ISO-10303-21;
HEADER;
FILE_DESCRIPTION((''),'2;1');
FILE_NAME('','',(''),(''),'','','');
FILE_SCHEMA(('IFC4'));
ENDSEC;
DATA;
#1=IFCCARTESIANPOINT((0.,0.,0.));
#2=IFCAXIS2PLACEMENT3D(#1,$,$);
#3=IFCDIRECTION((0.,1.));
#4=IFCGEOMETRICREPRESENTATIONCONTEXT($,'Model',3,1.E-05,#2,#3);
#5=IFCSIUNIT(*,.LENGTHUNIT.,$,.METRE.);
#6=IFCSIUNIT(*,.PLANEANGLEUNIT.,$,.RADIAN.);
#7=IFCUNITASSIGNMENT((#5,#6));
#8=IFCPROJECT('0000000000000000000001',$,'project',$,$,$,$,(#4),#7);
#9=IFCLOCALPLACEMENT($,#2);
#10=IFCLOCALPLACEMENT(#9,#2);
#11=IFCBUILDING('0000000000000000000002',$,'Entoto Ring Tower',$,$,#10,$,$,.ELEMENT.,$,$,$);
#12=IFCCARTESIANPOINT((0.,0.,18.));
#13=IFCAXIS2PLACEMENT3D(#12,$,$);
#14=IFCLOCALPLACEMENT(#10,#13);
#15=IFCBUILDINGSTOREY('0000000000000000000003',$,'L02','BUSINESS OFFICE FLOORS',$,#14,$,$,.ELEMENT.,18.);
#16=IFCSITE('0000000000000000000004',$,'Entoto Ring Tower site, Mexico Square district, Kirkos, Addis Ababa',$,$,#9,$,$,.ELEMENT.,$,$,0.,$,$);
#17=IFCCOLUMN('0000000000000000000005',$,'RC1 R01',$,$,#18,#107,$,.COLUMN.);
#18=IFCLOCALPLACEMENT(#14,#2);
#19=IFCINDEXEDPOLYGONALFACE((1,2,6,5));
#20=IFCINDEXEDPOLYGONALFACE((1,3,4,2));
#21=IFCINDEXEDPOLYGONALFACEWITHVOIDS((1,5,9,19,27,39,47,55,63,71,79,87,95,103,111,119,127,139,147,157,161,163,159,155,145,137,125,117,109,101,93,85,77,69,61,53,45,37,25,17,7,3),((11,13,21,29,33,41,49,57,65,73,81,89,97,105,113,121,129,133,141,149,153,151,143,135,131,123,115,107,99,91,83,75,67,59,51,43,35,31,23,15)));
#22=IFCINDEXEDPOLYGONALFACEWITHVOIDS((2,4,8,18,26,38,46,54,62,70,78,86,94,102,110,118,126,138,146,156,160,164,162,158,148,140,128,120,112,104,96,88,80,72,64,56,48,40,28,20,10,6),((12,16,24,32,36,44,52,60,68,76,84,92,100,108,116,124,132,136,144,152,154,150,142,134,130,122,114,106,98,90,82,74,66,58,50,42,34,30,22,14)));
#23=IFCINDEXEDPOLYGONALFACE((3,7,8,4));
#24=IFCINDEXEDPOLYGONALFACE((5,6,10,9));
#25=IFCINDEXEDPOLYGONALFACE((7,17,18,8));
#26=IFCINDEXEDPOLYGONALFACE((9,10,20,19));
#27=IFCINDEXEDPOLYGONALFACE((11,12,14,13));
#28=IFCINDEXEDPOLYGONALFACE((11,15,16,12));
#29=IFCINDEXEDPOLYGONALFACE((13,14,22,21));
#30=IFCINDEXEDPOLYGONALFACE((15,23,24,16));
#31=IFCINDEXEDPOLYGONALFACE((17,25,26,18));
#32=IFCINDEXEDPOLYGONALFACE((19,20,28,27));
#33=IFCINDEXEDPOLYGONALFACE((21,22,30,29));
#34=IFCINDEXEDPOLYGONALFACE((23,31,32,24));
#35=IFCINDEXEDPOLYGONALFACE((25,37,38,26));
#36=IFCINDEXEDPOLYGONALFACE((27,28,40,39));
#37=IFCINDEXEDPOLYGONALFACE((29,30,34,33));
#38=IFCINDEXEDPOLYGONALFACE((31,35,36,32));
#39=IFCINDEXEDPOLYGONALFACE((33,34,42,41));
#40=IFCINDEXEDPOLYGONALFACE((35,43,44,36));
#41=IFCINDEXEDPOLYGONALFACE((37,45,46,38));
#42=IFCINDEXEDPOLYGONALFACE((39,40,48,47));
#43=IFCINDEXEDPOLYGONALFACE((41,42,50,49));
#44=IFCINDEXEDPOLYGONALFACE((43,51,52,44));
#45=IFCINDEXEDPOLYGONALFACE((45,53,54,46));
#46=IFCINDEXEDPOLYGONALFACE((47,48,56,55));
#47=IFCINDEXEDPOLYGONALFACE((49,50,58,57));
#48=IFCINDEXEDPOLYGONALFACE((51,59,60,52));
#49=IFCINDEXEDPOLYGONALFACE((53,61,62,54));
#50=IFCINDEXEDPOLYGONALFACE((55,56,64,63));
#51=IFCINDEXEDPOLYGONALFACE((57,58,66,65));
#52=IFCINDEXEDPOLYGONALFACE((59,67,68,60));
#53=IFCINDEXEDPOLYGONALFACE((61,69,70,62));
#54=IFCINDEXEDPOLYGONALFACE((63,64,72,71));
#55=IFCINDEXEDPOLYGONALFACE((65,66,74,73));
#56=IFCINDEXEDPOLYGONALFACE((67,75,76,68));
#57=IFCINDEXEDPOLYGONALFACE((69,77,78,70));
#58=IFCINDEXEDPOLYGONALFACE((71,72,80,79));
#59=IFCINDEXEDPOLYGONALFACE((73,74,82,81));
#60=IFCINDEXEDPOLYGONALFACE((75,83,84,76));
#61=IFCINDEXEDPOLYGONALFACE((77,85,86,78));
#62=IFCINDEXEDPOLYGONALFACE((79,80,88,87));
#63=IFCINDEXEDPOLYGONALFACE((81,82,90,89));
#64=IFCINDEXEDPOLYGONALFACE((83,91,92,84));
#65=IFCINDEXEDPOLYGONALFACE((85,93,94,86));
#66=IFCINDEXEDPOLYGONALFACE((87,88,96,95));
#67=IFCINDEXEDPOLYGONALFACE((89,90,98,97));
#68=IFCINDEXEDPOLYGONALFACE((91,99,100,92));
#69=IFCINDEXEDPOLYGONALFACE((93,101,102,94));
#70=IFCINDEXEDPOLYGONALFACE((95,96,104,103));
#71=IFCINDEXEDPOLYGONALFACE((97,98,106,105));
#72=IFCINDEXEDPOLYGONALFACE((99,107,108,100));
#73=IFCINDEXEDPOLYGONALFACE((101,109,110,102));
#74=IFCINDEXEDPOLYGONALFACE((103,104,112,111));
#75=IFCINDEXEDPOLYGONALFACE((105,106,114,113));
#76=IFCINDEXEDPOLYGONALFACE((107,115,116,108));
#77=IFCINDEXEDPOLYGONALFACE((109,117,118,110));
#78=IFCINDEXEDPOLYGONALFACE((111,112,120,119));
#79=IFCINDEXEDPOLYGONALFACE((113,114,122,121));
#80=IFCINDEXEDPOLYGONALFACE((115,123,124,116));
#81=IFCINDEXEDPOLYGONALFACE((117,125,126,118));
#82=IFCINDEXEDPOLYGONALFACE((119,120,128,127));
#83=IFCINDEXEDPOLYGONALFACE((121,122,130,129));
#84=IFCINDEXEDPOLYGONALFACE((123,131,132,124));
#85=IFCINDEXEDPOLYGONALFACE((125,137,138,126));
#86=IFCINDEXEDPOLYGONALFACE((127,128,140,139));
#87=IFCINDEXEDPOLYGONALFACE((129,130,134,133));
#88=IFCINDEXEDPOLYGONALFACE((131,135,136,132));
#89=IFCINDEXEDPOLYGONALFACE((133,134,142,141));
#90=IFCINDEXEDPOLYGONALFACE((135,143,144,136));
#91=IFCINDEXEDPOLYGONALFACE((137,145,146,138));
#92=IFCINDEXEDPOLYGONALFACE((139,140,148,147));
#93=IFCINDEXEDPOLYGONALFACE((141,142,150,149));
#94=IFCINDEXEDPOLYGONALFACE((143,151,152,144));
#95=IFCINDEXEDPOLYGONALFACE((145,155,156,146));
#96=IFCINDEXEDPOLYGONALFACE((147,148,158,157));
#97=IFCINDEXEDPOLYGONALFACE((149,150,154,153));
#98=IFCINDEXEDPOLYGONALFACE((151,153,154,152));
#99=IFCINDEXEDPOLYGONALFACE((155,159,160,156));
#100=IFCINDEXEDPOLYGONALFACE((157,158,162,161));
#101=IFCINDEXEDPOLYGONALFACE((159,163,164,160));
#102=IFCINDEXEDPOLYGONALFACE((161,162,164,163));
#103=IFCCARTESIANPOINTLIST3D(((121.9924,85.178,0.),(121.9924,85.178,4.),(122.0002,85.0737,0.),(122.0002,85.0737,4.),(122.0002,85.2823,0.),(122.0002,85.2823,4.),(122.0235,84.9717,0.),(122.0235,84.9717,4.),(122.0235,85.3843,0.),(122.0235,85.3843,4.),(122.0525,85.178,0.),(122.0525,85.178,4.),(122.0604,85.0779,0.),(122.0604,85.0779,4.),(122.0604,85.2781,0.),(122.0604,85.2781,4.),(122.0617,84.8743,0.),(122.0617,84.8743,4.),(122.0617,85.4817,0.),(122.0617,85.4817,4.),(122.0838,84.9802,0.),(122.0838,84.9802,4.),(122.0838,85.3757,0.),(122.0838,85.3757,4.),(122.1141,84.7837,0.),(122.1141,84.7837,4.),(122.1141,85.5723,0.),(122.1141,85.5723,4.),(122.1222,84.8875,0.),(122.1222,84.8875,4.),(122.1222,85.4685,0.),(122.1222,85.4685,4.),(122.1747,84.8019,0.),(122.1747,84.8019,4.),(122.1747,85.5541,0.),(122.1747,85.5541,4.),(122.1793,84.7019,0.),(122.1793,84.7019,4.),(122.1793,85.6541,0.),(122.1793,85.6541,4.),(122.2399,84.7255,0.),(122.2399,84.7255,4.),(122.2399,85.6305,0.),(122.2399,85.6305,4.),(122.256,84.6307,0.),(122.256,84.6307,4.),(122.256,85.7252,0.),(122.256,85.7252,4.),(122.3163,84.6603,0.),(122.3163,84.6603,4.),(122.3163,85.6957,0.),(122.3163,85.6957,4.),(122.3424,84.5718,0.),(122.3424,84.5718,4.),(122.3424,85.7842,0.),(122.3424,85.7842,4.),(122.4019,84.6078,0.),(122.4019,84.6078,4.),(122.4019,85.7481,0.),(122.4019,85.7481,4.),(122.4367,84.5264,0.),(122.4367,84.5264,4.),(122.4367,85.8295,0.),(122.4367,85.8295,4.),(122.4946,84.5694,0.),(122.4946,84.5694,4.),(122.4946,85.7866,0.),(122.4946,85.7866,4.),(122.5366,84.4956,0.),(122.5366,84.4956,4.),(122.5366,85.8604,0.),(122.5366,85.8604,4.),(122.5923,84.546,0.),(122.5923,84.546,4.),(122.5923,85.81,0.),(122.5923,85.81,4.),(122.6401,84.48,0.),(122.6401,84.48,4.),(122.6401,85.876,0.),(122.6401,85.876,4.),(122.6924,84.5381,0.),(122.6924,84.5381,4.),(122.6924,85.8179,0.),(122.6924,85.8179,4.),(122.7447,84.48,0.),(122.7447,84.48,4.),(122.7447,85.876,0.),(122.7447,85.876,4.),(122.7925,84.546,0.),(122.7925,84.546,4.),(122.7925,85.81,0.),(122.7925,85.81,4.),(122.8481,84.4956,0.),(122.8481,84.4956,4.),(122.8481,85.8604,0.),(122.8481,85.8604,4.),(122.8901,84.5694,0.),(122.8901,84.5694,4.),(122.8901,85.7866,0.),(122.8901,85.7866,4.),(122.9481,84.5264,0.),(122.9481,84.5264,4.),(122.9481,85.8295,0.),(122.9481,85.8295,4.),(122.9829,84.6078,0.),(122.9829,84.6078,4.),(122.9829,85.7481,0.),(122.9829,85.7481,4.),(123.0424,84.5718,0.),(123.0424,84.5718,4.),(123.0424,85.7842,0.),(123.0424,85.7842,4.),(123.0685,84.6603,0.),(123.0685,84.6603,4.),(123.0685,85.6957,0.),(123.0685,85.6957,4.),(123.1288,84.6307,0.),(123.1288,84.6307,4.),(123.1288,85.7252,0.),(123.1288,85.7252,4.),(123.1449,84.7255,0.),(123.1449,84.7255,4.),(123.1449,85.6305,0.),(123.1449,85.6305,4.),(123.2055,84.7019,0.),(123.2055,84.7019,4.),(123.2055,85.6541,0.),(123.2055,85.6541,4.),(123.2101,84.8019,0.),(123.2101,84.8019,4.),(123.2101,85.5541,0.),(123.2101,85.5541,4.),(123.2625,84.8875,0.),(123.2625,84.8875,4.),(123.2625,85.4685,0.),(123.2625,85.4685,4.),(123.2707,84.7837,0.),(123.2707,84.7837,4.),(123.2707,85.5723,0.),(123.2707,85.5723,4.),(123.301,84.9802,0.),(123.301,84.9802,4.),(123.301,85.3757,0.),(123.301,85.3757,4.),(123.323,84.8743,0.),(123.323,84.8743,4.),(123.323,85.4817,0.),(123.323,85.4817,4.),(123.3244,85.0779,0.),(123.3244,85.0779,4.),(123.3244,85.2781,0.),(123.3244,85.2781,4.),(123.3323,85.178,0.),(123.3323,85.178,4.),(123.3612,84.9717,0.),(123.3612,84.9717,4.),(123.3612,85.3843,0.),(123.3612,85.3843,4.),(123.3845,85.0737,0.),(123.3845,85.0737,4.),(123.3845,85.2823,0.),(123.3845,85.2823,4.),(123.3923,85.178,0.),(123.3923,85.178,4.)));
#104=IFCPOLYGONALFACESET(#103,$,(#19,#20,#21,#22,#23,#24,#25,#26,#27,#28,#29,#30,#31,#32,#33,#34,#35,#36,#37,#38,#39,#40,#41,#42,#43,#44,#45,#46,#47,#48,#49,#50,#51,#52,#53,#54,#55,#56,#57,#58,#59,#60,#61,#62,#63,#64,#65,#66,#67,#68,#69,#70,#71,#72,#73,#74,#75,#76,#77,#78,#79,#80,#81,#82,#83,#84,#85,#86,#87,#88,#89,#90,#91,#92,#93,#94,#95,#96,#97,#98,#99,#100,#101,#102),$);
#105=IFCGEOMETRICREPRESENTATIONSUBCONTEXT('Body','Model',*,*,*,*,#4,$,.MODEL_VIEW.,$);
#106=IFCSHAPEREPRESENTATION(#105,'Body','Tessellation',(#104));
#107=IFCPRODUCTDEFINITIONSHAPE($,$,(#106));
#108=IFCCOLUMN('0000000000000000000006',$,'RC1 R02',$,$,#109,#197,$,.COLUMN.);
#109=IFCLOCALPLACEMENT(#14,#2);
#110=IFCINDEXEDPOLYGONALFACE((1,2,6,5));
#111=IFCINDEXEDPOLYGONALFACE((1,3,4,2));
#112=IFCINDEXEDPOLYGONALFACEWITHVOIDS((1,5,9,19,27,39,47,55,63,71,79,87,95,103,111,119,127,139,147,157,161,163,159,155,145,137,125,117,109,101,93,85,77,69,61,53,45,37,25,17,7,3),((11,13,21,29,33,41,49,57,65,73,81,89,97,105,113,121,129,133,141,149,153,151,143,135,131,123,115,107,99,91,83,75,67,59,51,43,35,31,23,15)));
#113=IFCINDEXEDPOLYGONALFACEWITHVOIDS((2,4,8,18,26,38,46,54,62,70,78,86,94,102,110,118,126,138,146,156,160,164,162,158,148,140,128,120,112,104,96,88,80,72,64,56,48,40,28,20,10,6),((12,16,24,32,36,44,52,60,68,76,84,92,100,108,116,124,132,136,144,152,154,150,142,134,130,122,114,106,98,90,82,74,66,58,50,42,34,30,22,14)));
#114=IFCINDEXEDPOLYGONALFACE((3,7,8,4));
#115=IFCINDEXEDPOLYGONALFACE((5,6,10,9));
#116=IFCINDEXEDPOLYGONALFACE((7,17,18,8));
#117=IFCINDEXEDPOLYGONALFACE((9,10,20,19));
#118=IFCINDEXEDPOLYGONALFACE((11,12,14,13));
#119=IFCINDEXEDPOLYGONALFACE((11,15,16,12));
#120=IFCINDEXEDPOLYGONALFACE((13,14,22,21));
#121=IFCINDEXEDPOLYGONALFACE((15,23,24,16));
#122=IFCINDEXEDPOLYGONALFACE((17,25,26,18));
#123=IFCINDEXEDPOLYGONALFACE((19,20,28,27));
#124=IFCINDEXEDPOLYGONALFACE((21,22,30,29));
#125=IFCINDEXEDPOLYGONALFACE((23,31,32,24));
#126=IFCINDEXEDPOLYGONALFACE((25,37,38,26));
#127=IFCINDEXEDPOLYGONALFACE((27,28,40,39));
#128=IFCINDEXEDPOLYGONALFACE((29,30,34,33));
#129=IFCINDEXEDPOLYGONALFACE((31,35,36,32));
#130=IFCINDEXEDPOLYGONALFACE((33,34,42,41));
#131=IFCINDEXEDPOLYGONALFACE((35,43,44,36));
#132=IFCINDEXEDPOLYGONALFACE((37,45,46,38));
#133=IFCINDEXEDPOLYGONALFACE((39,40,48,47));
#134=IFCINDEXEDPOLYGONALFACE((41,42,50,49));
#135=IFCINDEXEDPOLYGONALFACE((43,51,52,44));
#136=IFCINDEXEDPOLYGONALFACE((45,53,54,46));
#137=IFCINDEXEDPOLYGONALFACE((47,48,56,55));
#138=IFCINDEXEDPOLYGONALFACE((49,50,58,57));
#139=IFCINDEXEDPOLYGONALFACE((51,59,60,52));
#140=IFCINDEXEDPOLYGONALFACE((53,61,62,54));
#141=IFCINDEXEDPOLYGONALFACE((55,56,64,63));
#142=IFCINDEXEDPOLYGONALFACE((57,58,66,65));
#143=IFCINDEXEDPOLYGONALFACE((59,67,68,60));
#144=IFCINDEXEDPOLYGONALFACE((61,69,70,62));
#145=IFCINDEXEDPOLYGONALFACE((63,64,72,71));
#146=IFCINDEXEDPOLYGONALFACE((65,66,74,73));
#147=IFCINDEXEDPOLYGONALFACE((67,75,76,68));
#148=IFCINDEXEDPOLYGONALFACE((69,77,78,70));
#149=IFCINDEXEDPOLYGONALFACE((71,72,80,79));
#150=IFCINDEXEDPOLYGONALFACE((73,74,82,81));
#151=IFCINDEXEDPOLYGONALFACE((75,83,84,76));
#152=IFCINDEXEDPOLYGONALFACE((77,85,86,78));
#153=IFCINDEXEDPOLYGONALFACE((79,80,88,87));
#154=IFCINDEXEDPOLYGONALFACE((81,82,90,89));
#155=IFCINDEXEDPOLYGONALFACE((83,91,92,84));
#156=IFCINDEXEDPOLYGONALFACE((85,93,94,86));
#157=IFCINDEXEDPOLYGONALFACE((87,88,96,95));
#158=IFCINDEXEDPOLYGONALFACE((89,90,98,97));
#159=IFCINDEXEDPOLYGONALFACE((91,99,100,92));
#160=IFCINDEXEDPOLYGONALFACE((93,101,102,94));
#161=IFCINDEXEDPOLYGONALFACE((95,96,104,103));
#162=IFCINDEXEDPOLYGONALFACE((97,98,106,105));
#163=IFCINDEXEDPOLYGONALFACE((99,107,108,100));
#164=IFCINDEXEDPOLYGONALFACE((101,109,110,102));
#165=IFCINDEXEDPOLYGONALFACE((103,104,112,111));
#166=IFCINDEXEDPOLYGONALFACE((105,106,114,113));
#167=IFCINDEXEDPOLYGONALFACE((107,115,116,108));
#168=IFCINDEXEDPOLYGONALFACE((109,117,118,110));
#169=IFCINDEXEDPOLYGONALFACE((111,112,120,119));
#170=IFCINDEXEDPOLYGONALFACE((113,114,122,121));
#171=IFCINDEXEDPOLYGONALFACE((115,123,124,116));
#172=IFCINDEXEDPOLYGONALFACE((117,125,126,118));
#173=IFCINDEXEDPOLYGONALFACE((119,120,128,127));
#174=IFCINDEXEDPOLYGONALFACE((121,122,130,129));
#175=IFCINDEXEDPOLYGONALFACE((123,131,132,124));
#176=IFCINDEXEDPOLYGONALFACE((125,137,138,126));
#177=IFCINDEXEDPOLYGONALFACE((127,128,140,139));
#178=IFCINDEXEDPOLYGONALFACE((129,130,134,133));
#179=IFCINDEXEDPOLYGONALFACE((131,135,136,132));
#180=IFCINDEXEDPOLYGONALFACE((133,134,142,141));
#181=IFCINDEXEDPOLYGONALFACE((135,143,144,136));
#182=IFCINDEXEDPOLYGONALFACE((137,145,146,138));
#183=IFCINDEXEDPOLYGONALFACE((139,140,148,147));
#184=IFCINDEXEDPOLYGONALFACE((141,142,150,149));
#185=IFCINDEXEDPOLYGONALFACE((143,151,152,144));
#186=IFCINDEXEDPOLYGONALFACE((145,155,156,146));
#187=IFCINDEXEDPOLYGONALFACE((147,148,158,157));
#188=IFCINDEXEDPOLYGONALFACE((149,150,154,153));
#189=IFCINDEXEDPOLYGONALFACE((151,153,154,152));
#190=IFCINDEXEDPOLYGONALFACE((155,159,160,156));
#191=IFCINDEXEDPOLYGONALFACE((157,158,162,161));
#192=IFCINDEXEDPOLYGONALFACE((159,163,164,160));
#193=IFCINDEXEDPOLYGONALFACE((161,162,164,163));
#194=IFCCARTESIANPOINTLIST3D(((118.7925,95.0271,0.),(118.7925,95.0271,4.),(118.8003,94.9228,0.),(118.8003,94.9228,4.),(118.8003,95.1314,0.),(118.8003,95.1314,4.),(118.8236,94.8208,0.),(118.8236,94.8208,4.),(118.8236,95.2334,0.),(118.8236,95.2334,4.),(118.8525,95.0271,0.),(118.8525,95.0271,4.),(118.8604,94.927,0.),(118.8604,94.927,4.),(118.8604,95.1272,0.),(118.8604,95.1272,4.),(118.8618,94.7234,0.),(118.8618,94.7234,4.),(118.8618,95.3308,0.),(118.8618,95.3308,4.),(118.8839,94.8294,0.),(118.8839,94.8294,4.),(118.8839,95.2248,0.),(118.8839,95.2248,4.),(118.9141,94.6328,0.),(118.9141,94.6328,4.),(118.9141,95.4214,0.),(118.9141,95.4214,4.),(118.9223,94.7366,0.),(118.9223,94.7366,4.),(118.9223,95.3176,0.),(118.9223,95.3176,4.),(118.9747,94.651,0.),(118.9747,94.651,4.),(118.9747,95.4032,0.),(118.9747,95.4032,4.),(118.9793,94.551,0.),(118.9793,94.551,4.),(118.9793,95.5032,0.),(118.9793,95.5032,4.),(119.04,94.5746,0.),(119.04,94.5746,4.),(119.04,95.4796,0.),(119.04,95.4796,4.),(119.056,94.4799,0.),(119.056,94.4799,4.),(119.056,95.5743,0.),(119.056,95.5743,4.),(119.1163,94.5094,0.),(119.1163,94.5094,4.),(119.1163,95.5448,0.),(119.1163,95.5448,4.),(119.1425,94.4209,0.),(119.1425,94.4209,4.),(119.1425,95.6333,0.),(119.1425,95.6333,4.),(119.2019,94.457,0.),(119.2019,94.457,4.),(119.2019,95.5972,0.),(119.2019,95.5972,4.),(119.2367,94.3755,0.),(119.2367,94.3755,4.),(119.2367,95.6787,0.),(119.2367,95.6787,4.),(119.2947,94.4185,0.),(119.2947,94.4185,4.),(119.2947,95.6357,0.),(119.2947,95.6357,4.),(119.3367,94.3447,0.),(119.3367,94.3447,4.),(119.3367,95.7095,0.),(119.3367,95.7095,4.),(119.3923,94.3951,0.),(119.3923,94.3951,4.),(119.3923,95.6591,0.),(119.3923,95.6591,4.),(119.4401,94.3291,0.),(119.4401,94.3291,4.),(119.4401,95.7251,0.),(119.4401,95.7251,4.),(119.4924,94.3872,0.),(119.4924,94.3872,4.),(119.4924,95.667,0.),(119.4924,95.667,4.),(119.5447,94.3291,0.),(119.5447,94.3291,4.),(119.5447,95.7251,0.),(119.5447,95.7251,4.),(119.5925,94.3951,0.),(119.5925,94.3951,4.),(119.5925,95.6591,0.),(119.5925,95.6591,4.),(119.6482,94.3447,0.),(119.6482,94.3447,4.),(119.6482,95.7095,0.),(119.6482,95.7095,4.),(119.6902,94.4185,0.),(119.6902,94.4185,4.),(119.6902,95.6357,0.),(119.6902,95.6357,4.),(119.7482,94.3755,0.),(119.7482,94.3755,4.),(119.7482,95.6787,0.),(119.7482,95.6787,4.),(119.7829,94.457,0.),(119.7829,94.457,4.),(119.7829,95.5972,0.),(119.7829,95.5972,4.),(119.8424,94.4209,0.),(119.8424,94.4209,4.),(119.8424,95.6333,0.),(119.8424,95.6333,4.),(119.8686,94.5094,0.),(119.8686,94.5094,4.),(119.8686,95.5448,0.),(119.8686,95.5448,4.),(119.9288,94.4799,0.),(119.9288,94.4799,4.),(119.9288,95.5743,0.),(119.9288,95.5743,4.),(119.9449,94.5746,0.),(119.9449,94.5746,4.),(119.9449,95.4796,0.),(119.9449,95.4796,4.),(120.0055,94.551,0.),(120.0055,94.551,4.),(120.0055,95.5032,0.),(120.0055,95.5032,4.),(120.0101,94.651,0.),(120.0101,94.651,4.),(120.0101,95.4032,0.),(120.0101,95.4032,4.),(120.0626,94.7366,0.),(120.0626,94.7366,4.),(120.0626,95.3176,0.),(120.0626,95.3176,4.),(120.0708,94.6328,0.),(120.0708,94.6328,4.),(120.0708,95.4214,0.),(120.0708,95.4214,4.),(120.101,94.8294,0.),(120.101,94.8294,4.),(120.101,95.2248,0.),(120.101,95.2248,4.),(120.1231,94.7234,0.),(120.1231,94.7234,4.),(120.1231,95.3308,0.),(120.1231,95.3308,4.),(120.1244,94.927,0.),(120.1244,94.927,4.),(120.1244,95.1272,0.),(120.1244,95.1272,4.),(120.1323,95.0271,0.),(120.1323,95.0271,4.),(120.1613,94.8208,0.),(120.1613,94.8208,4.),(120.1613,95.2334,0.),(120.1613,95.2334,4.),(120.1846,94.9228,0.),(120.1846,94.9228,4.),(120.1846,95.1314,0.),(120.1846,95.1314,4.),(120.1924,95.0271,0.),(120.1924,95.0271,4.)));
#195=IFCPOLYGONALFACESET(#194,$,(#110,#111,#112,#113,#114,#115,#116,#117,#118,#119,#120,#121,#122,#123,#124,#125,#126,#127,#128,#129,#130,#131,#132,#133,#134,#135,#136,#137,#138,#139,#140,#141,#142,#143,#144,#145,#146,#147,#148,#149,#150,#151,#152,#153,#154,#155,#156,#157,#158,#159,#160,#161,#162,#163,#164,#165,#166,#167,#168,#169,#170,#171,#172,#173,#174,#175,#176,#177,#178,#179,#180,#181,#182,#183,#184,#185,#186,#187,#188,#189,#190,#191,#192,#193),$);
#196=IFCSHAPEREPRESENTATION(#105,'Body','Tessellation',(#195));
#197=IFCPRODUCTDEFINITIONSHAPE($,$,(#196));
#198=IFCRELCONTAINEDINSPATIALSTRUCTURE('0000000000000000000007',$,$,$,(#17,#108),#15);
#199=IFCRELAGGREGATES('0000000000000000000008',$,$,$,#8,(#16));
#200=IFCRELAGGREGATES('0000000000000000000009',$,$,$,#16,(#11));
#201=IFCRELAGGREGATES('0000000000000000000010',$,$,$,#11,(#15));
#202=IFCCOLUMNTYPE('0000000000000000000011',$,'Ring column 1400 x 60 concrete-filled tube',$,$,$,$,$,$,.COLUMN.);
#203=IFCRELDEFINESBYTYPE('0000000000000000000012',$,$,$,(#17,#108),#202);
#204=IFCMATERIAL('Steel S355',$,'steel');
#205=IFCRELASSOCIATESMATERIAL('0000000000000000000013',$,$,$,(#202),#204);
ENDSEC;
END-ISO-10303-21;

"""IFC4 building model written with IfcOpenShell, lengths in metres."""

from ifc_helpers import new_model, si_unit, direction, frame, origin, origin_2d, place, context, subcontext, project, spatial, circle, hollow_circle, extrude, material, material_profile, profile_set, type_object, element, save


model = new_model("IFC4")

# Units and contexts
model_context = context("Model", 3, precision=1e-05, world=origin(), true_north=direction((0.0, 1.0)))
body_context = subcontext(model_context, "Body", "Model", "MODEL_VIEW")
ifc_project = project(units=[si_unit("LENGTHUNIT", "METRE"), si_unit("PLANEANGLEUNIT", "RADIAN")], contexts=[model_context])

# Site, building, storey
site_placement = place(None, origin())
site = spatial("IfcSite", under=ifc_project, at=site_placement, Name="Entoto Ring Tower site, Mexico Square district, Kirkos, Addis Ababa", CompositionType="ELEMENT", RefElevation=0.0)
building_placement = place(site_placement, origin())
building = spatial("IfcBuilding", under=site, at=building_placement, Name="Entoto Ring Tower", CompositionType="ELEMENT")
storey_placement = place(building_placement, frame((0.0, 0.0, 18.0)))
storey = spatial("IfcBuildingStorey", under=building, at=storey_placement, Name="L02", Description="BUSINESS OFFICE FLOORS", CompositionType="ELEMENT", Elevation=18.0)

# Columns
ifc_material_1 = material(Name="Steel S355", Category="steel")
ifc_material_profile_1 = material_profile(ifc_material_1, hollow_circle(Radius=0.7, WallThickness=0.0601, at=origin_2d()), Name="CHS 1400 x 60")
ifc_material_2 = material(Name="Concrete C60/75", Category="concrete")
ifc_material_profile_2 = material_profile(ifc_material_2, circle(Radius=0.6399, at=origin_2d()), Name="Concrete C60/75 infill")
ifc_profile_set_1 = profile_set([ifc_material_profile_1, ifc_material_profile_2], Name="Steel S355")
column_type = type_object("IfcColumnType", Name="Ring column 1400 x 60 concrete-filled tube", PredefinedType="COLUMN", material=ifc_profile_set_1)
for number, where, z_axis, x_axis, name in (
    (1, (122.6924, 85.178, 0.0), (0.0, 0.0, 1.0), (1.0, 0.0, 0.0), "RC1 R01"),
    (2, (119.4924, 95.0271, 0.0), (0.0, 0.0, 1.0), (1.0, 0.0, 0.0), "RC1 R02"),
):
    element("IfcColumn", number, at=place(storey_placement, frame(where, z_axis=z_axis, x_axis=x_axis)), inside=storey, type_object=column_type, Name=name, PredefinedType="COLUMN", context=body_context, shape_type="SweptSolid", body=[
        extrude(hollow_circle(Radius=0.7, WallThickness=0.0601, at=origin_2d()), origin(), (0.0, 0.0, 1.0), 4.0),
    ])

save(model, "model.ifc")
